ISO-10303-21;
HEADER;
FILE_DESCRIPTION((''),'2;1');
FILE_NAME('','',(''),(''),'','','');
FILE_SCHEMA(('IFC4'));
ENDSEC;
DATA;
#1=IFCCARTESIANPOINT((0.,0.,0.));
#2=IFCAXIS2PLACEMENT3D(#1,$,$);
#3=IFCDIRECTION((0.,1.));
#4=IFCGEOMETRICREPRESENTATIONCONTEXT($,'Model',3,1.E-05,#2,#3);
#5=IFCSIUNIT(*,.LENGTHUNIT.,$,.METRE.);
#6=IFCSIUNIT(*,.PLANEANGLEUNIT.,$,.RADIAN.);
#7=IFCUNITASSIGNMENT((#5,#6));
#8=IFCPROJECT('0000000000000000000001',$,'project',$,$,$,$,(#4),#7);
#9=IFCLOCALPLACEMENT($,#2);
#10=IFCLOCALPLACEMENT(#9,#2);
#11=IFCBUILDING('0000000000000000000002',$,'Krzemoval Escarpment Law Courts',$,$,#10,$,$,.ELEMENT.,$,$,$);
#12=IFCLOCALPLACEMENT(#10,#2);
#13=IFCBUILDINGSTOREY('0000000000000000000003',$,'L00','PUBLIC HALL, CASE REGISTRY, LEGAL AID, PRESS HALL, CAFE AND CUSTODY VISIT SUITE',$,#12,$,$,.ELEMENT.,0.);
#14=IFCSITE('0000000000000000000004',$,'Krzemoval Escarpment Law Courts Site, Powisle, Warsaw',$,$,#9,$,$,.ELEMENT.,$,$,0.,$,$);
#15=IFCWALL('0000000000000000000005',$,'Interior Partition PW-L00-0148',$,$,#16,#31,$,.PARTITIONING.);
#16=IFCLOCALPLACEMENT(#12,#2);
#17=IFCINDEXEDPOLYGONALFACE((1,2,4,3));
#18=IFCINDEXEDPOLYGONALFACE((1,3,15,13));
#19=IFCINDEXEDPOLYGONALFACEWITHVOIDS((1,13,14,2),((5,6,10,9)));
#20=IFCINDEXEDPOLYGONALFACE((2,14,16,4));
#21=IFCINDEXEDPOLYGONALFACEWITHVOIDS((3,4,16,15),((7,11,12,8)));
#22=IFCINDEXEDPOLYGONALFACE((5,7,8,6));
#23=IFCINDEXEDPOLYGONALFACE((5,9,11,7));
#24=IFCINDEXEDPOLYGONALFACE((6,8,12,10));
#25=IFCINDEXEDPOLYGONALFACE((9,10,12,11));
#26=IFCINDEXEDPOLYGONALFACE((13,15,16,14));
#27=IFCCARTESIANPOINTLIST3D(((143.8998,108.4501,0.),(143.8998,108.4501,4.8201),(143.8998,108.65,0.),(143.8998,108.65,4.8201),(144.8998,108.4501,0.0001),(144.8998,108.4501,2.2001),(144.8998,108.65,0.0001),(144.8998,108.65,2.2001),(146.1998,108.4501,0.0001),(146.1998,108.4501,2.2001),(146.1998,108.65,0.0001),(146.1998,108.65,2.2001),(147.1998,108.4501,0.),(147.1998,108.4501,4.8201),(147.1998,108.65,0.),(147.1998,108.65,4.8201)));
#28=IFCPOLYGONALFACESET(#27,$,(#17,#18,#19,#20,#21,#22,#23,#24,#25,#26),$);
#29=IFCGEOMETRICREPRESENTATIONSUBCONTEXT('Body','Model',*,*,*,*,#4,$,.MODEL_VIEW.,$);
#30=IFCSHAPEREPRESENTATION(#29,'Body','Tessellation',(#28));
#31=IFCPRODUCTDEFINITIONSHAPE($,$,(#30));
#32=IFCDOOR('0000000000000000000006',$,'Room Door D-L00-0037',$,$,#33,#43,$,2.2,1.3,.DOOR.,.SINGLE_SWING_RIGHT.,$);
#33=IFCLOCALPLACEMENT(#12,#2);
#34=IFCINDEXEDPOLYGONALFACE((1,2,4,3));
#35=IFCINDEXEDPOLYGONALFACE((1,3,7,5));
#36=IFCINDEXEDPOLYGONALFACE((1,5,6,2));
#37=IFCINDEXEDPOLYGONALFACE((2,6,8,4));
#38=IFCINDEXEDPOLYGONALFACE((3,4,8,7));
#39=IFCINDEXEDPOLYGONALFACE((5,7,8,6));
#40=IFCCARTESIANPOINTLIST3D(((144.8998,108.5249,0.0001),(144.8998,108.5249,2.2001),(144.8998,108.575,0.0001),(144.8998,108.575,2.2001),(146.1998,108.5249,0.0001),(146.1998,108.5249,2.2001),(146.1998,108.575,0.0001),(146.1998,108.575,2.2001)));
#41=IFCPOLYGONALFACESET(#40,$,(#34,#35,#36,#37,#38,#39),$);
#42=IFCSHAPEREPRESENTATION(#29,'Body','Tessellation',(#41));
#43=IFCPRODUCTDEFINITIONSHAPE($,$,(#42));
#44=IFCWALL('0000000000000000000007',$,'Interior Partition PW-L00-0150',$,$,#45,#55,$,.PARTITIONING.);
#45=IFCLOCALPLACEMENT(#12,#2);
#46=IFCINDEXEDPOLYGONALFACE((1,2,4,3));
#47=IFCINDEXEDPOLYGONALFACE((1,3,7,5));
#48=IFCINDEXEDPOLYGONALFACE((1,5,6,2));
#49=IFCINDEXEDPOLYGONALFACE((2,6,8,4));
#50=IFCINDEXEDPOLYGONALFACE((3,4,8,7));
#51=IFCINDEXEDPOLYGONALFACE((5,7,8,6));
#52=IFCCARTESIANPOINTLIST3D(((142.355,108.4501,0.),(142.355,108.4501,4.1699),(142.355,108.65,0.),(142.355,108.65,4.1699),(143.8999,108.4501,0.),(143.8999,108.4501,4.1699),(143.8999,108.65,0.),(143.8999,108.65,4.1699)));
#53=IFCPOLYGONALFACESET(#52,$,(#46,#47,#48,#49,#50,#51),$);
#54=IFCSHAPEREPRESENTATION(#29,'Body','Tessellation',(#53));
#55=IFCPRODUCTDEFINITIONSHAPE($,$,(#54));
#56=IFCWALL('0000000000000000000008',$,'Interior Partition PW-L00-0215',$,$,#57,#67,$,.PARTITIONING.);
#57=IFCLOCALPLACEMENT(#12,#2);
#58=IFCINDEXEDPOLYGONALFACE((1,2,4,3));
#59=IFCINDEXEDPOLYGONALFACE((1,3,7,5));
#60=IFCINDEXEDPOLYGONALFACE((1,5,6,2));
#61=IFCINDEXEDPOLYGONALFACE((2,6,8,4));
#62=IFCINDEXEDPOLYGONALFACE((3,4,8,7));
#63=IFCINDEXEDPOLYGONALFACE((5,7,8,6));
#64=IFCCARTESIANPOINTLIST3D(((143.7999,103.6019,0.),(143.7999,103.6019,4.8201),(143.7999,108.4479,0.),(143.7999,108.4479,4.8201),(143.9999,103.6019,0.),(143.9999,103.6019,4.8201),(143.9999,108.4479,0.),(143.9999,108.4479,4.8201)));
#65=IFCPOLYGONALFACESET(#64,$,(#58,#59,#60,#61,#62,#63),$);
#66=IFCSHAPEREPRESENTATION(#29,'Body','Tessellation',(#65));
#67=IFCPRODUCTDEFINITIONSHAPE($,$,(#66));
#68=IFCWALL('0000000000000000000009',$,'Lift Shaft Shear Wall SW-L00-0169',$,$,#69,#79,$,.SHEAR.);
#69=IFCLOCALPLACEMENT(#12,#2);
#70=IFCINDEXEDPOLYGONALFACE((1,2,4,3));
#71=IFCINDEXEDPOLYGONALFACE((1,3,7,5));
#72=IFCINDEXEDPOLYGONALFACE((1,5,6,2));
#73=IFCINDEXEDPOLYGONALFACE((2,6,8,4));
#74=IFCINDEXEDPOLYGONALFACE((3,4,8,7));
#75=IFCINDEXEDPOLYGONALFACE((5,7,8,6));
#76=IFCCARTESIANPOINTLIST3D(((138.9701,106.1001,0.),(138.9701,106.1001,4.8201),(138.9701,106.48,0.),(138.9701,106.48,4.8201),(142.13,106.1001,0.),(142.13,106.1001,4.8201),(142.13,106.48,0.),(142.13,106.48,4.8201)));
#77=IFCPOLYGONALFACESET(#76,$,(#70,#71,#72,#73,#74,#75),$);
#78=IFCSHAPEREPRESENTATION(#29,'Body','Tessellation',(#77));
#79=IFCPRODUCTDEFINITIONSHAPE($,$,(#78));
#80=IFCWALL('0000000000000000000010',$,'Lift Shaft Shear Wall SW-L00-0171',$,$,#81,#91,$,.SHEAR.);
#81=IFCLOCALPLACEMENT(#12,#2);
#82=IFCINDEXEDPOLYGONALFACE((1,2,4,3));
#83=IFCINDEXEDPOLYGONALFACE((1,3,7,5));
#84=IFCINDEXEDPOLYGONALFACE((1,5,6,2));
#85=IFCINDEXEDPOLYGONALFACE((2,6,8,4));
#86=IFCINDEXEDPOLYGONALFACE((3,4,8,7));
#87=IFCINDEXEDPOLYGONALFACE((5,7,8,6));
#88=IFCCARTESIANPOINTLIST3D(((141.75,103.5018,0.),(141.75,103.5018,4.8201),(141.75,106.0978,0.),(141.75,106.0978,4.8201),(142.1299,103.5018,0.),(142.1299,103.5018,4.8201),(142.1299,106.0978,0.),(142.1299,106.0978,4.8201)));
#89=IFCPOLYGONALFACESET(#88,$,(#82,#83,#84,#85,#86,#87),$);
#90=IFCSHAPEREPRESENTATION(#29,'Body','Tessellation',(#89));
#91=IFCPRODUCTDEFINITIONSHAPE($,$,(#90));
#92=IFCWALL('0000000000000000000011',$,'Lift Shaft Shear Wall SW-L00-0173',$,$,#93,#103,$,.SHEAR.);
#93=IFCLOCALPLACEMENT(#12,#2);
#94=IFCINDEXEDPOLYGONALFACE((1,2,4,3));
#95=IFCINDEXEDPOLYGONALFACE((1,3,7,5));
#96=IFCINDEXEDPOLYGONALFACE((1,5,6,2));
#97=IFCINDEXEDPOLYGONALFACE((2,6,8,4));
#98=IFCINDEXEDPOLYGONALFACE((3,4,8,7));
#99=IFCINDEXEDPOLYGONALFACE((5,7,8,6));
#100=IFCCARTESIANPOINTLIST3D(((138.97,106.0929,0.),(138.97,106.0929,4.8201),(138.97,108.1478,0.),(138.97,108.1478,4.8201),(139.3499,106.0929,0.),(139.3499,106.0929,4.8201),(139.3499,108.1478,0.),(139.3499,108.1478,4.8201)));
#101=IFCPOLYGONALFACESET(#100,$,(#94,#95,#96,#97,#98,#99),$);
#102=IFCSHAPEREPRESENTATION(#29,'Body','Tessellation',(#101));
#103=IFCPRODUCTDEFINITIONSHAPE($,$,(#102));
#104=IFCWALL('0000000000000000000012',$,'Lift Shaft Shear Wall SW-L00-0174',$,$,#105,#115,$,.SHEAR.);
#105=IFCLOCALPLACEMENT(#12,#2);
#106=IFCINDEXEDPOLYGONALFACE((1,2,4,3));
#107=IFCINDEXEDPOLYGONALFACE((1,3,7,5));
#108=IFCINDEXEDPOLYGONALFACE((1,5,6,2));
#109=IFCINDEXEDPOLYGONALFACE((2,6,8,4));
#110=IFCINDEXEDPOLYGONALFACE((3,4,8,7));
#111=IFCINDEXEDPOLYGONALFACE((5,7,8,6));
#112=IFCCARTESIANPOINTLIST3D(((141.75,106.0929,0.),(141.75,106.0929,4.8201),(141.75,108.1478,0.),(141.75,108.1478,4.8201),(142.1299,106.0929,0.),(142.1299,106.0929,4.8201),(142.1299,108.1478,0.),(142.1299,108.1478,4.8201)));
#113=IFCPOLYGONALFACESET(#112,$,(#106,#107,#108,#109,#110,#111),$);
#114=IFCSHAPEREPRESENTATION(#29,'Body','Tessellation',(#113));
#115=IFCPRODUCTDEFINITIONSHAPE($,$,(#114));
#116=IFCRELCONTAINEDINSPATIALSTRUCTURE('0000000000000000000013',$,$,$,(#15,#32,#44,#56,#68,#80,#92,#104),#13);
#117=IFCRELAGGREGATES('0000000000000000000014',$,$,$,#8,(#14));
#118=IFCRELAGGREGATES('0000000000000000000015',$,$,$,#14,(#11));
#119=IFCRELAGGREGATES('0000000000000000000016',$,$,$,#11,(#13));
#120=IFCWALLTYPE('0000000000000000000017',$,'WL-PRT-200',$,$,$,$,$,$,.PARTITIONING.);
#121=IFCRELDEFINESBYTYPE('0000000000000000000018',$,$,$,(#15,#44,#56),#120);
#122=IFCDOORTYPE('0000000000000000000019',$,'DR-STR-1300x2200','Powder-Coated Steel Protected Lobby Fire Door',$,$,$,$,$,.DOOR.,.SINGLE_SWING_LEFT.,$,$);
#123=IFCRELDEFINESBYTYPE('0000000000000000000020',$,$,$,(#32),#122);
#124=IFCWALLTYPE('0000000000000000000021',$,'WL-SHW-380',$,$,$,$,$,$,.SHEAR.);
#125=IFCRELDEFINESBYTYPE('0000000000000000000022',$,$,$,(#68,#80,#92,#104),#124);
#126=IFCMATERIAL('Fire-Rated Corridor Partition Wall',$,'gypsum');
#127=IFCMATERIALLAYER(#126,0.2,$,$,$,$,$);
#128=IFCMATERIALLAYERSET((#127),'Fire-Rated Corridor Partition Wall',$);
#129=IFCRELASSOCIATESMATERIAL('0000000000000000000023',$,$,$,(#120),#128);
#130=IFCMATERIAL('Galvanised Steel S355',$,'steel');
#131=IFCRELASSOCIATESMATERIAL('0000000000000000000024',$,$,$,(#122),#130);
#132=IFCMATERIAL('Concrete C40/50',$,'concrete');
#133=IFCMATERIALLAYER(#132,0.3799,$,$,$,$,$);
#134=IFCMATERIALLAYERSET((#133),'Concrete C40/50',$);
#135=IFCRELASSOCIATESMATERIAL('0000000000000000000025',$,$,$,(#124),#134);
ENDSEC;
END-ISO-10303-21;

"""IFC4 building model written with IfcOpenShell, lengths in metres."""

from ifc_helpers import new_model, si_unit, direction, frame, frame_2d, origin, place, context, subcontext, project, spatial, rectangle, extrude, material, layer, layer_set, type_object, element, fill, save


model = new_model("IFC4")

# Units and contexts
model_context = context("Model", 3, precision=1e-05, world=origin(), true_north=direction((0.0, 1.0)))
body_context = subcontext(model_context, "Body", "Model", "MODEL_VIEW")
ifc_project = project(units=[si_unit("LENGTHUNIT", "METRE"), si_unit("PLANEANGLEUNIT", "RADIAN")], contexts=[model_context])

# Site, building, storey
site_placement = place(None, origin())
site = spatial("IfcSite", under=ifc_project, at=site_placement, Name="Krzemoval Escarpment Law Courts Site, Powisle, Warsaw", CompositionType="ELEMENT", RefElevation=0.0)
building_placement = place(site_placement, origin())
building = spatial("IfcBuilding", under=site, at=building_placement, Name="Krzemoval Escarpment Law Courts", CompositionType="ELEMENT")
storey_placement = place(building_placement, origin())
storey = spatial("IfcBuildingStorey", under=building, at=storey_placement, Name="L00", Description="PUBLIC HALL, CASE REGISTRY, LEGAL AID, PRESS HALL, CAFE AND CUSTODY VISIT SUITE", CompositionType="ELEMENT", Elevation=0.0)

# Wall, opening, door
ifc_material_1 = material(Name="Fire-Rated Corridor Partition Wall", Category="gypsum")
ifc_layer_1 = layer(ifc_material_1, 0.2)
ifc_layer_set_1 = layer_set([ifc_layer_1], Name="Fire-Rated Corridor Partition Wall")
wall_type_1 = type_object("IfcWallType", Name="WL-PRT-200", PredefinedType="PARTITIONING", material=ifc_layer_set_1)
wall_1_placement = place(storey_placement, frame((143.8999, 108.55, 0.0), z_axis=(0.0, 0.0, 1.0), x_axis=(1.0, 0.0, 0.0)))
wall_1 = element("IfcWall", 1, at=wall_1_placement, inside=storey, type_object=wall_type_1, Name="Interior Partition PW-L00-0148", PredefinedType="PARTITIONING", context=body_context, shape_type="SweptSolid", body=[
    extrude(rectangle(XDim=3.3, YDim=0.2, at=frame_2d((1.6499, 0.0))), origin(), (0.0, 0.0, 1.0), 4.8201),
])
opening_1_placement = place(wall_1_placement, frame((1.0, 0.0, 0.0)))
opening_1 = element("IfcOpeningElement", 2, at=opening_1_placement, cuts=wall_1, PredefinedType="OPENING", context=body_context, shape_type="SweptSolid", body=[
    extrude(rectangle(XDim=1.3, YDim=2.2, at=frame_2d((0.6499, 1.1001))), frame((0.0, 0.115, 0.0), z_axis=(0.0, -1.0, 0.0), x_axis=(1.0, 0.0, 0.0)), (0.0, 0.0, 1.0), 0.2299),
])
ifc_material_2 = material(Name="Galvanised Steel S355", Category="steel")
door_type_1 = type_object("IfcDoorType", Name="DR-STR-1300x2200", Description="Powder-Coated Steel Protected Lobby Fire Door", OperationType="SINGLE_SWING_LEFT", PredefinedType="DOOR", material=ifc_material_2)
door_1_placement = place(opening_1_placement, origin())
door_1 = element("IfcDoor", 3, at=door_1_placement, inside=storey, type_object=door_type_1, Name="Room Door D-L00-0037", OperationType="SINGLE_SWING_RIGHT", OverallHeight=2.2, OverallWidth=1.3, PredefinedType="DOOR", context=body_context, shape_type="SweptSolid", body=[
    extrude(rectangle(XDim=1.3, YDim=2.2, at=frame_2d((0.6499, 1.1001))), frame((0.0, 0.0249, 0.0), z_axis=(0.0, -1.0, 0.0), x_axis=(1.0, 0.0, 0.0)), (0.0, 0.0, 1.0), 0.05),
])
fill(opening_1, door_1)

# Walls
wall_2_placement = place(storey_placement, frame((142.355, 108.55, 0.0), z_axis=(0.0, 0.0, 1.0), x_axis=(1.0, 0.0, 0.0)))
element("IfcWall", 4, at=wall_2_placement, inside=storey, type_object=wall_type_1, Name="Interior Partition PW-L00-0150", PredefinedType="PARTITIONING", context=body_context, shape_type="SweptSolid", body=[
    extrude(rectangle(XDim=1.5449, YDim=0.2, at=frame_2d((0.7725, 0.0))), origin(), (0.0, 0.0, 1.0), 4.1699),
])
wall_3_placement = place(storey_placement, frame((143.8999, 103.6021, 0.0), z_axis=(0.0, 0.0, 1.0), x_axis=(0.0, 1.0, 0.0)))
element("IfcWall", 5, at=wall_3_placement, inside=storey, type_object=wall_type_1, Name="Interior Partition PW-L00-0215", PredefinedType="PARTITIONING", context=body_context, shape_type="SweptSolid", body=[
    extrude(rectangle(XDim=4.8459, YDim=0.2, at=frame_2d((2.4229, 0.0))), origin(), (0.0, 0.0, 1.0), 4.8201),
])
ifc_material_3 = material(Name="Concrete C40/50", Category="concrete")
ifc_layer_2 = layer(ifc_material_3, 0.3799)
ifc_layer_set_2 = layer_set([ifc_layer_2], Name="Concrete C40/50")
wall_type_2 = type_object("IfcWallType", Name="WL-SHW-380", PredefinedType="SHEAR", material=ifc_layer_set_2)
wall_4_placement = place(storey_placement, frame((138.97, 106.29, 0.0), z_axis=(0.0, 0.0, 1.0), x_axis=(1.0, 0.0, 0.0)))
element("IfcWall", 6, at=wall_4_placement, inside=storey, type_object=wall_type_2, Name="Lift Shaft Shear Wall SW-L00-0169", PredefinedType="SHEAR", context=body_context, shape_type="SweptSolid", body=[
    extrude(rectangle(XDim=3.1599, YDim=0.3799, at=frame_2d((1.5801, 0.0))), origin(), (0.0, 0.0, 1.0), 4.8201),
])

# Wall
wall_5_placement = place(storey_placement, frame((141.9399, 103.502, 0.0), z_axis=(0.0, 0.0, 1.0), x_axis=(0.0, 1.0, 0.0)))
element("IfcWall", 7, at=wall_5_placement, inside=storey, type_object=wall_type_2, Name="Lift Shaft Shear Wall SW-L00-0171", PredefinedType="SHEAR", context=body_context, shape_type="SweptSolid", body=[
    extrude(rectangle(XDim=2.5959, YDim=0.3799, at=frame_2d((1.2979, 0.0))), origin(), (0.0, 0.0, 1.0), 4.8201),
])

# Walls
for number, where, z_axis, x_axis, name in (
    (8, (139.1599, 106.093, 0.0), (0.0, 0.0, 1.0), (0.0, 1.0, 0.0), "Lift Shaft Shear Wall SW-L00-0173"),
    (9, (141.9399, 106.093, 0.0), (0.0, 0.0, 1.0), (0.0, 1.0, 0.0), "Lift Shaft Shear Wall SW-L00-0174"),
):
    element("IfcWall", number, at=place(storey_placement, frame(where, z_axis=z_axis, x_axis=x_axis)), inside=storey, type_object=wall_type_2, Name=name, PredefinedType="SHEAR", context=body_context, shape_type="SweptSolid", body=[
        extrude(rectangle(XDim=2.0549, YDim=0.3799, at=frame_2d((1.0273, 0.0))), origin(), (0.0, 0.0, 1.0), 4.8201),
    ])

save(model, "model.ifc")
